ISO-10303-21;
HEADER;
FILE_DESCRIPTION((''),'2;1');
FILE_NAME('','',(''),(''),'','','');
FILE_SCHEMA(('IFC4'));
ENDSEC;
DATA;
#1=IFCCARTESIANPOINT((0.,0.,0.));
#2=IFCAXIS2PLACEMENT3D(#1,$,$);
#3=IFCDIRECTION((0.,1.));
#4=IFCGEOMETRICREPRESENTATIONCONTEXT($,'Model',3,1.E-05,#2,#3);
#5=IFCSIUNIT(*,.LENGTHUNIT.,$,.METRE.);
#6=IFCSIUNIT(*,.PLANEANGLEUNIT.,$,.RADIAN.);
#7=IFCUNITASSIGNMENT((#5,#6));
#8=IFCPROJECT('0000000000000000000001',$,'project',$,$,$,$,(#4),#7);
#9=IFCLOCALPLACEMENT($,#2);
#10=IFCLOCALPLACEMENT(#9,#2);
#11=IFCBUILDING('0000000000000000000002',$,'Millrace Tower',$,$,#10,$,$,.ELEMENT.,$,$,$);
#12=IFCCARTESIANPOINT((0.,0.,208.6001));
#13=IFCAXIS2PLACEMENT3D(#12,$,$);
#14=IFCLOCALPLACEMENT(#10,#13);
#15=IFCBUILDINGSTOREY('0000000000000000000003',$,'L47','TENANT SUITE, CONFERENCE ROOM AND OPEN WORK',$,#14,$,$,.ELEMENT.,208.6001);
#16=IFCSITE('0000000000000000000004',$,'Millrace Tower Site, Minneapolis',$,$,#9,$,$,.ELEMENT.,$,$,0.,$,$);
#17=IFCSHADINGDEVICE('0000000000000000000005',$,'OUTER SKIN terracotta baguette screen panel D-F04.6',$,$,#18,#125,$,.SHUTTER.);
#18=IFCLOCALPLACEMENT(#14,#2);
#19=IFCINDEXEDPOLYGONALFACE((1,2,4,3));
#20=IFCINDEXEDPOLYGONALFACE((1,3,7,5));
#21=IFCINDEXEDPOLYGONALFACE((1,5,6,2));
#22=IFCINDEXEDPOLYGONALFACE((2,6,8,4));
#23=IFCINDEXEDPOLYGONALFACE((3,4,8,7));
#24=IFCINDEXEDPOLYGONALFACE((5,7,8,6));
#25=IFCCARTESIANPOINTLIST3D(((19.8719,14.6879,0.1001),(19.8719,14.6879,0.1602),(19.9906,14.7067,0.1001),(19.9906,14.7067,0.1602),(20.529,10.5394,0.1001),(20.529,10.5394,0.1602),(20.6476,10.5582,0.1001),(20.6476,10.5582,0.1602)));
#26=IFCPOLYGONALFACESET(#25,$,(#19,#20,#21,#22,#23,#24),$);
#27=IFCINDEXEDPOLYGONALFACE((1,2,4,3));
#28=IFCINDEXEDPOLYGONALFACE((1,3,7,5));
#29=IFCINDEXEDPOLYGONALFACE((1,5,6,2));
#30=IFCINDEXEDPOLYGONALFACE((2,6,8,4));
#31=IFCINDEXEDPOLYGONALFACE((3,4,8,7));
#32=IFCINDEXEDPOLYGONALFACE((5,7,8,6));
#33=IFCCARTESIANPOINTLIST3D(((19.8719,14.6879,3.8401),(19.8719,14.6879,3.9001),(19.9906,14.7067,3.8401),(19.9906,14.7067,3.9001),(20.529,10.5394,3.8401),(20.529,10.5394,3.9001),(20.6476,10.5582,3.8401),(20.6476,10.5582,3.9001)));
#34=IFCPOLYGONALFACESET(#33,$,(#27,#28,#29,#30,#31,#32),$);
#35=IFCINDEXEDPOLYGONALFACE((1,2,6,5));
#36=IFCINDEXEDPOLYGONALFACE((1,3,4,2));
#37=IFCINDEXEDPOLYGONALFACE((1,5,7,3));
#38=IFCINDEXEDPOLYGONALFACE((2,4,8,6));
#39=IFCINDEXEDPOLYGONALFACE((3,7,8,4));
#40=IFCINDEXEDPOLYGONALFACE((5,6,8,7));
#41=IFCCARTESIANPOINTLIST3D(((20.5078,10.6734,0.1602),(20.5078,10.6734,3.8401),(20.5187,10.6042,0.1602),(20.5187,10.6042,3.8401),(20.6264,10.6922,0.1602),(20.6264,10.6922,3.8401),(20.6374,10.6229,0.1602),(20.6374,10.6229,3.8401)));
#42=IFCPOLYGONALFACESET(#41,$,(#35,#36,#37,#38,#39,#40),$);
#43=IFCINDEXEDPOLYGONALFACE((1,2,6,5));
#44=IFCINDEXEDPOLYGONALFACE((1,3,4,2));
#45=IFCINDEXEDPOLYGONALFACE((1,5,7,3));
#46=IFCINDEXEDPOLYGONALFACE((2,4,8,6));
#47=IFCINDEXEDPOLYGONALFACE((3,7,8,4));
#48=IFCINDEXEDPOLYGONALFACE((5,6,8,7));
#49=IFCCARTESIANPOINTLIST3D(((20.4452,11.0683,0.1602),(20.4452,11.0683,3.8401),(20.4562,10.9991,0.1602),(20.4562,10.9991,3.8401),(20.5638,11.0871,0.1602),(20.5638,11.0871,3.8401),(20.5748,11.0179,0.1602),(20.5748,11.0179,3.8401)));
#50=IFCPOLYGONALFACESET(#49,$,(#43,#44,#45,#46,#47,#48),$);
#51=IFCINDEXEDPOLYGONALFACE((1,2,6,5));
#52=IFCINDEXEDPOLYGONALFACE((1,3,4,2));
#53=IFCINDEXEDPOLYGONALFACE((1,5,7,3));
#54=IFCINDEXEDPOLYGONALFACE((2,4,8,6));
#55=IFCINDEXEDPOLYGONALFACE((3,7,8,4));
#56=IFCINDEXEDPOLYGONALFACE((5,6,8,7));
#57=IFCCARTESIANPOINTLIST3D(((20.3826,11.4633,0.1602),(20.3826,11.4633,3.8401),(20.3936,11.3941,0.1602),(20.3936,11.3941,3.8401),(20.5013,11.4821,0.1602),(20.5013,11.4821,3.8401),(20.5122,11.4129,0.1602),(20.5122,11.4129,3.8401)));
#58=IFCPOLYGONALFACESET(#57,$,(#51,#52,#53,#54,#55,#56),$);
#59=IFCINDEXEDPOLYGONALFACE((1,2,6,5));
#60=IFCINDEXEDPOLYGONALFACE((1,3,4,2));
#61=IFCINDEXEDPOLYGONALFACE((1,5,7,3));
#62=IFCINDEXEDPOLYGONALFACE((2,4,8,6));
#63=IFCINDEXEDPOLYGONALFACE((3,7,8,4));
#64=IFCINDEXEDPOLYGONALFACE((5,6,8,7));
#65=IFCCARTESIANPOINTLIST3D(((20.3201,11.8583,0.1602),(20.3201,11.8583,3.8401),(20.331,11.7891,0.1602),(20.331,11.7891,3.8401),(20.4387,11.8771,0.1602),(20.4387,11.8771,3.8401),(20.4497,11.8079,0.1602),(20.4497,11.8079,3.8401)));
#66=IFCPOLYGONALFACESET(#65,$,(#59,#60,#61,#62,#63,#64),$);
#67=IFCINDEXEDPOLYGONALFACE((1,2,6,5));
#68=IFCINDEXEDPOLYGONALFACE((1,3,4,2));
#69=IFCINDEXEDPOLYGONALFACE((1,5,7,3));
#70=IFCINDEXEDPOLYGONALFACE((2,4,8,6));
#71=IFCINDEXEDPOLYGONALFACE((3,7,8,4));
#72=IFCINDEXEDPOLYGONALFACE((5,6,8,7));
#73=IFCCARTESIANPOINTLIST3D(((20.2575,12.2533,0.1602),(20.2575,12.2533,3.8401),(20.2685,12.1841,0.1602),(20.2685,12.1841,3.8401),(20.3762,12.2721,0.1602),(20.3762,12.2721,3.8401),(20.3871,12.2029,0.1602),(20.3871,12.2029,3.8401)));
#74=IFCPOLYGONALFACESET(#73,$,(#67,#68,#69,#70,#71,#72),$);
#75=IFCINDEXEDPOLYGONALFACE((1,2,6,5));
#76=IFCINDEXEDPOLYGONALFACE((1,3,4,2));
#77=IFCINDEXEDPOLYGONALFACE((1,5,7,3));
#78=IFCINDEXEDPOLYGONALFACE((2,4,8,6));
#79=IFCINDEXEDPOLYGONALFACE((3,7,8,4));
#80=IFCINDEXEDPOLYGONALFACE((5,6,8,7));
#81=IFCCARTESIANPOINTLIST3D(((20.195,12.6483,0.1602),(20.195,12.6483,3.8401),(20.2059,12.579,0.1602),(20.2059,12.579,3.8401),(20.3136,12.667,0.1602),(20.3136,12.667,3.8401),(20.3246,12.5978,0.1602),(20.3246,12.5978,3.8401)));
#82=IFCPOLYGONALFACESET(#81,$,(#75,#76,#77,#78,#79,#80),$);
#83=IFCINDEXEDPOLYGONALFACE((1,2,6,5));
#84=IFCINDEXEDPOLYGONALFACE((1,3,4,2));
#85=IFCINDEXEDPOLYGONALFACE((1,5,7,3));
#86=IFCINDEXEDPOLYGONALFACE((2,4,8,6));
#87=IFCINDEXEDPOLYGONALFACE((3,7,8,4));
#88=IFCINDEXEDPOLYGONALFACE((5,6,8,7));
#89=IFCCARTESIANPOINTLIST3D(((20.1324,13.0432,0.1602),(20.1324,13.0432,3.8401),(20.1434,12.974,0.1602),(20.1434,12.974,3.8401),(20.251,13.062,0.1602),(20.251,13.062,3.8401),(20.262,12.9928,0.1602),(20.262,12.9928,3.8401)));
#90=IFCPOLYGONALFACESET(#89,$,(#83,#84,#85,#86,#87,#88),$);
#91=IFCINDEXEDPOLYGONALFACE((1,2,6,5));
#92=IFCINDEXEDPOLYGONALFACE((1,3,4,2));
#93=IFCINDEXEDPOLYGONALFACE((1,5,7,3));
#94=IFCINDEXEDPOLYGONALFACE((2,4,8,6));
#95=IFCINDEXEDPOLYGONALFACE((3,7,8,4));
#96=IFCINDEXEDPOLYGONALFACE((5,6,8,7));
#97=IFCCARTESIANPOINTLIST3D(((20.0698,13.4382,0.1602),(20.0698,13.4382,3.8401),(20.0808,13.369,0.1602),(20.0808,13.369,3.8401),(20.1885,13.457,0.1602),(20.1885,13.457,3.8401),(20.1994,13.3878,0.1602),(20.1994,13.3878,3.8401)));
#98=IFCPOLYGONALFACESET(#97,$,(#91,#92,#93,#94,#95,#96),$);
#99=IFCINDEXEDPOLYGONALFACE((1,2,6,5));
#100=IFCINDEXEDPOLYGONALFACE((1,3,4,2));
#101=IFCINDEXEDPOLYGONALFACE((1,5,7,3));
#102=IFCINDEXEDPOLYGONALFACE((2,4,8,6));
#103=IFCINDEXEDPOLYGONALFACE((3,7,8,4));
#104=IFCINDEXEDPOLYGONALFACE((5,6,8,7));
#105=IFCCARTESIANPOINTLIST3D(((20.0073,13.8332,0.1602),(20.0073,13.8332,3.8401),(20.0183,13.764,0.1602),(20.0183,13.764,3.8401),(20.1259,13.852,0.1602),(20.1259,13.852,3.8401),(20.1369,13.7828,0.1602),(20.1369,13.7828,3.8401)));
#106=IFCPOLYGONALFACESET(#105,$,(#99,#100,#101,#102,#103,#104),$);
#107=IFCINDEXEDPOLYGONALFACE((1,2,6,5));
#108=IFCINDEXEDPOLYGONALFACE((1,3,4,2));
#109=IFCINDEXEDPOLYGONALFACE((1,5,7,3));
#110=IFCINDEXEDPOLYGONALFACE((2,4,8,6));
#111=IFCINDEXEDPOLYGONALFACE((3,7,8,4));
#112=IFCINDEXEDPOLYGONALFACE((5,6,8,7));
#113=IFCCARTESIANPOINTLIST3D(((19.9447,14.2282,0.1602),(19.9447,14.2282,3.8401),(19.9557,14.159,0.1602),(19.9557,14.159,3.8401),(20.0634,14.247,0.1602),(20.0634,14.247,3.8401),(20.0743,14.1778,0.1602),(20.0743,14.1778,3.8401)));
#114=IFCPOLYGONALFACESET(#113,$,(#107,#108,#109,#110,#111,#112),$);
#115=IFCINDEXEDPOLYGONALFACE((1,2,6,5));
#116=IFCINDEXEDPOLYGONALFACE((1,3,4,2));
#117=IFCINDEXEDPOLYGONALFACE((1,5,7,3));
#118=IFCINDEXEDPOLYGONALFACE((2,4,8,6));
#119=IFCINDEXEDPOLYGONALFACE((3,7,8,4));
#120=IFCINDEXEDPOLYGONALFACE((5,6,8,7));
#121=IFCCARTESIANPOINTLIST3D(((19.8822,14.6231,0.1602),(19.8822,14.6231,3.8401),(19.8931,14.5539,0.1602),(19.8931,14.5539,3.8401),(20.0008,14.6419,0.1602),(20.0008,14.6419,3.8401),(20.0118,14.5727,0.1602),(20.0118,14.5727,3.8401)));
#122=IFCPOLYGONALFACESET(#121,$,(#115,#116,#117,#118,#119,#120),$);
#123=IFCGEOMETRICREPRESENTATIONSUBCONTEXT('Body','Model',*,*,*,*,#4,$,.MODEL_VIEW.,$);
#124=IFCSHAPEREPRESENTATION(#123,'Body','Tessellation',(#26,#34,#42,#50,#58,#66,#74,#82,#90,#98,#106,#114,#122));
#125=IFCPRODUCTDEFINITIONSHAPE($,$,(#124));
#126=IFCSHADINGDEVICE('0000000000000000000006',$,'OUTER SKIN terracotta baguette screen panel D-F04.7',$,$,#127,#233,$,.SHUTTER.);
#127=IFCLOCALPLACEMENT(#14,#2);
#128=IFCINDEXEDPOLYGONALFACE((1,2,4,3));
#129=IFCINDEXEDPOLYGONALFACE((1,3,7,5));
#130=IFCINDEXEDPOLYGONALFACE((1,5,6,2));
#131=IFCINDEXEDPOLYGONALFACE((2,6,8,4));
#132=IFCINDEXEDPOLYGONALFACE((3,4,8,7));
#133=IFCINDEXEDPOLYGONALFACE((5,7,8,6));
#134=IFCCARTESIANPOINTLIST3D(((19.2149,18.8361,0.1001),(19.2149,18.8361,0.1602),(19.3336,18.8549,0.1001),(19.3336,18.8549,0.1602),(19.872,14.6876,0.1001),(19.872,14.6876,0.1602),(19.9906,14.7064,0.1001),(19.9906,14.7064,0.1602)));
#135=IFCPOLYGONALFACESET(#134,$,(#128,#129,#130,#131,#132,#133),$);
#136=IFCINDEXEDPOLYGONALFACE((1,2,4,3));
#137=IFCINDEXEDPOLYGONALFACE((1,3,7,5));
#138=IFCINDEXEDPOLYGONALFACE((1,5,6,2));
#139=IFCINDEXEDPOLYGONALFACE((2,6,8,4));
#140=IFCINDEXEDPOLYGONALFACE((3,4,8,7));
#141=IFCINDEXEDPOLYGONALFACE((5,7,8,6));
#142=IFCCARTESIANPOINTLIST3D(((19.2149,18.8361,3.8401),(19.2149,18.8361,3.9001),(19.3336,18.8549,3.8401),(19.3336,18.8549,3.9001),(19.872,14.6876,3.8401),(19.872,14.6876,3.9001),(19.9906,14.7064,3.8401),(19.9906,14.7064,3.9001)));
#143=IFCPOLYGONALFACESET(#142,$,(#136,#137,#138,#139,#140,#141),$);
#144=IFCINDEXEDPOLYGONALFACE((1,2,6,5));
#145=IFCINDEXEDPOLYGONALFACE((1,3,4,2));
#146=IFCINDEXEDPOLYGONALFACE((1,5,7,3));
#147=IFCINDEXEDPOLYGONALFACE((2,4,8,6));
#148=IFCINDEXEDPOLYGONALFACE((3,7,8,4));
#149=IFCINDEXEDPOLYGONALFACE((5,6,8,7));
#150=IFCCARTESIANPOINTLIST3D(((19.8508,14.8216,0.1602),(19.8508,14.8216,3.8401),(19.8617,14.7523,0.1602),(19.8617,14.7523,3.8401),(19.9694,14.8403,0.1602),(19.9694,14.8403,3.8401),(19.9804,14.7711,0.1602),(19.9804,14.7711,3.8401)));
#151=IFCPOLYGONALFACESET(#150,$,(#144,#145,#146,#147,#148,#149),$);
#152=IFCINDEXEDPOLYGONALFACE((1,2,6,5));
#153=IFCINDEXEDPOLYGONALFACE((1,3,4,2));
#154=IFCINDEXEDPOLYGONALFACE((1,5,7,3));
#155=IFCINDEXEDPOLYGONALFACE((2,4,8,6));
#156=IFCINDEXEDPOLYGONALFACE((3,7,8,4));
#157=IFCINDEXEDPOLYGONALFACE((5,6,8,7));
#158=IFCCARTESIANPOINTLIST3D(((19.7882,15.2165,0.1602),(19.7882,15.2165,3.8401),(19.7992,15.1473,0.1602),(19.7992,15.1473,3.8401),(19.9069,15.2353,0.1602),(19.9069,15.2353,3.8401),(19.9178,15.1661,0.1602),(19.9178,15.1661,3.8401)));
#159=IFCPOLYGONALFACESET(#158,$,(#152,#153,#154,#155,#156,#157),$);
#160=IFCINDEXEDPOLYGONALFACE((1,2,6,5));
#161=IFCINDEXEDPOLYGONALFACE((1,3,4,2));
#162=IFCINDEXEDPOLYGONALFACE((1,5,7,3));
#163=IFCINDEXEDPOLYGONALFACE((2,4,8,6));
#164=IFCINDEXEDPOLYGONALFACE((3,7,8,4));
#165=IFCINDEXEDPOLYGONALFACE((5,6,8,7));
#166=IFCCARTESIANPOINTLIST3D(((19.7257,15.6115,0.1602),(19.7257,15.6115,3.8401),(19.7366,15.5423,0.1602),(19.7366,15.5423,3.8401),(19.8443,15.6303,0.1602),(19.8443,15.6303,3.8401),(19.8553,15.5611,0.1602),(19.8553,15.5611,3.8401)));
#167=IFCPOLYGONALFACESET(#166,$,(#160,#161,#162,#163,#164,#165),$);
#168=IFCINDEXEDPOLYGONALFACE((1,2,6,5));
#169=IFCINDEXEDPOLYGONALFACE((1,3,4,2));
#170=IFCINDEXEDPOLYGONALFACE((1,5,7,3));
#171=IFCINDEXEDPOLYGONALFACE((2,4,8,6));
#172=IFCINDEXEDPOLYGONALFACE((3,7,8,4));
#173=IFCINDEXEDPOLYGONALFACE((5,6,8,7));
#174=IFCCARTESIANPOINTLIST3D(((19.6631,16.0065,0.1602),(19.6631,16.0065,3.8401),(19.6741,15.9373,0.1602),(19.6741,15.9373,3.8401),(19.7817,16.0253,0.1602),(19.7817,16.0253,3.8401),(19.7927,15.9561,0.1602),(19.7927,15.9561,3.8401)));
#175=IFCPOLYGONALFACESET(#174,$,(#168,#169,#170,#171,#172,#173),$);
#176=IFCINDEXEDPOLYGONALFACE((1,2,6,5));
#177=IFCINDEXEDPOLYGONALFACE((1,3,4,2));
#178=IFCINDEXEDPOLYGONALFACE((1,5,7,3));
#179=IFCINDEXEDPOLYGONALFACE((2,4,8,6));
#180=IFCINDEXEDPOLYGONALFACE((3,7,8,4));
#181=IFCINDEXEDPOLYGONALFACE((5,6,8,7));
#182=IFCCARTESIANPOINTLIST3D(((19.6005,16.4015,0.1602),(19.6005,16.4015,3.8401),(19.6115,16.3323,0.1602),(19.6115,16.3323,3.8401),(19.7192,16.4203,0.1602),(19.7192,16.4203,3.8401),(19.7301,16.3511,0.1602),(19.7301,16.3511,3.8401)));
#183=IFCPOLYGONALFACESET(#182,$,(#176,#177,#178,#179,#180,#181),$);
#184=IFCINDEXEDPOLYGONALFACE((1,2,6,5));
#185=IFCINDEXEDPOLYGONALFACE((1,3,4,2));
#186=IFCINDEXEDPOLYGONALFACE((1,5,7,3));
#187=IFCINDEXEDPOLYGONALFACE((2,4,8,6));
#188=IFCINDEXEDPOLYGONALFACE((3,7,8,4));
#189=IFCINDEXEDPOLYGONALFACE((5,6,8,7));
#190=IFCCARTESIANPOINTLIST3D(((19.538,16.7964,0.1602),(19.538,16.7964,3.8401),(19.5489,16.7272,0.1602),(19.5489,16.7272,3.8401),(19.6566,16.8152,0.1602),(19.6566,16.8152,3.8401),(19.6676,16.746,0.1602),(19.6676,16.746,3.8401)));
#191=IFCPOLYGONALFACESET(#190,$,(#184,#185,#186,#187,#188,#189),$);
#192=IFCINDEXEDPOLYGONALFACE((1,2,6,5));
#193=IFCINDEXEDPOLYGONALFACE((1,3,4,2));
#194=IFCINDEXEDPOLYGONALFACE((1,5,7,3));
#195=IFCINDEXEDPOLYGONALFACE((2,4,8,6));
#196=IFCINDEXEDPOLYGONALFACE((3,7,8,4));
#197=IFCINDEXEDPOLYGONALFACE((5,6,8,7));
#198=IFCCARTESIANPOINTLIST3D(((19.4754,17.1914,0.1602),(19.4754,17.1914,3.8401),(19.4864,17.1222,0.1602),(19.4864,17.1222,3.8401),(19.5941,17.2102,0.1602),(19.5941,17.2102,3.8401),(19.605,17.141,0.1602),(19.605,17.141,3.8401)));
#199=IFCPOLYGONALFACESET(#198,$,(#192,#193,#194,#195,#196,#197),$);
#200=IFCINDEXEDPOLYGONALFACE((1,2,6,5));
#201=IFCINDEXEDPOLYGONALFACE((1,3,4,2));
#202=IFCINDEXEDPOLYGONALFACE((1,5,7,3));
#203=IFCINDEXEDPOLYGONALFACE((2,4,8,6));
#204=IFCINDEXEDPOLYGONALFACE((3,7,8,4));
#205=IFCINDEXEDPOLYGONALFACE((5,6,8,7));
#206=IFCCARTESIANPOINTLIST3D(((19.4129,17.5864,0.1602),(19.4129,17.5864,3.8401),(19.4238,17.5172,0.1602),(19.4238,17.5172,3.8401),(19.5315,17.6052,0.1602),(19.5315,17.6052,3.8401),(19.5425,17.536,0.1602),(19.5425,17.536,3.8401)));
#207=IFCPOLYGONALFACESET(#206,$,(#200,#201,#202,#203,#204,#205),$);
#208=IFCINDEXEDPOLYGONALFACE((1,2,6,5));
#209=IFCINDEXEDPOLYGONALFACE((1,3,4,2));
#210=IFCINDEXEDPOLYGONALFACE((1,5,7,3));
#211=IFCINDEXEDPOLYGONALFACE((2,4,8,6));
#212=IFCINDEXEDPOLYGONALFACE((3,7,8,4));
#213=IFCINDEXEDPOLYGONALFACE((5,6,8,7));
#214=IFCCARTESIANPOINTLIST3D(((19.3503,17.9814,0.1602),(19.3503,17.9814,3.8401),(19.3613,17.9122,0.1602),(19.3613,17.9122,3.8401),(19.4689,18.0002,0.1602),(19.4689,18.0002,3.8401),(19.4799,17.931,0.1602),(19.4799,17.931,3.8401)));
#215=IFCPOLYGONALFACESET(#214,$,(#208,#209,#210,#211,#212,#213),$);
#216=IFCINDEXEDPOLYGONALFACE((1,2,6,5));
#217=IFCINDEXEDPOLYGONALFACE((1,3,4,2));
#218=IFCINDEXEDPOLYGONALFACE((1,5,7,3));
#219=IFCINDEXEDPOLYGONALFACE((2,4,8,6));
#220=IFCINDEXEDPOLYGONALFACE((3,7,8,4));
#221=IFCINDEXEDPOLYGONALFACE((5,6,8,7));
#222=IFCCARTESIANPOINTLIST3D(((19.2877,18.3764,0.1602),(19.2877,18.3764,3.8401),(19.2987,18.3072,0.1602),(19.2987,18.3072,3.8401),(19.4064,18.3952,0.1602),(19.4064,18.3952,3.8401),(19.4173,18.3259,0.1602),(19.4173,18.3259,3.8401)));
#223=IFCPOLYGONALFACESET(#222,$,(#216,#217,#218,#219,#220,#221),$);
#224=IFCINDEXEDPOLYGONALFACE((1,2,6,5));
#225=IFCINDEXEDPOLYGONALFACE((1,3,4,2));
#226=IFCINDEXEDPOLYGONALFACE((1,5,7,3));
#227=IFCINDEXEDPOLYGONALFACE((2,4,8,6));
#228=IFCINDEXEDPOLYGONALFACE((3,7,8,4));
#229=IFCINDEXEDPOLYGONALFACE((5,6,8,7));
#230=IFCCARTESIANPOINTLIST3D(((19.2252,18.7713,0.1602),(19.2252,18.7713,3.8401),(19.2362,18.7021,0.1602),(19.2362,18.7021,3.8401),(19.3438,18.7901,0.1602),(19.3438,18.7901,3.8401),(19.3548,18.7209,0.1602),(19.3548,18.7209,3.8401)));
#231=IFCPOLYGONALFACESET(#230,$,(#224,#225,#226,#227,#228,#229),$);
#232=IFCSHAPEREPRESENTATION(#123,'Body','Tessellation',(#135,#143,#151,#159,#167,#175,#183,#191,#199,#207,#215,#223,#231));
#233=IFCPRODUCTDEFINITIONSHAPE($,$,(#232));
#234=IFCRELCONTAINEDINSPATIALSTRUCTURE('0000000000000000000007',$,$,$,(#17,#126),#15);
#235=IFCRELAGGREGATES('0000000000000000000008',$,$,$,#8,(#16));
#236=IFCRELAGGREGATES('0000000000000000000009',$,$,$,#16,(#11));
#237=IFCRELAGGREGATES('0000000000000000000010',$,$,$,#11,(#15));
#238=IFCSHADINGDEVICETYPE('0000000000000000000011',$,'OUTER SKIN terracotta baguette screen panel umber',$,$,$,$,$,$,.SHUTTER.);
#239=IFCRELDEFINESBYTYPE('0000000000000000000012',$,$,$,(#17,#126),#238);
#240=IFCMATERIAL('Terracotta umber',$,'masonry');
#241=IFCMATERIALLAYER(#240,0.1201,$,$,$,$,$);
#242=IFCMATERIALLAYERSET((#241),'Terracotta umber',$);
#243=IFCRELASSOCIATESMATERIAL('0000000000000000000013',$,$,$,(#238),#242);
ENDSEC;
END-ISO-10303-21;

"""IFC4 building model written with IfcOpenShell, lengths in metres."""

from ifc_helpers import new_model, entity, si_unit, direction, frame, frame_2d, origin, origin_2d, place, context, subcontext, project, spatial, rectangle, extrude, source, transform, mapped, material, layer, layer_set, type_object, element, save


model = new_model("IFC4")

# Units and contexts
model_context = context("Model", 3, precision=1e-05, world=origin(), true_north=direction((0.0, 1.0)))
body_context = subcontext(model_context, "Body", "Model", "MODEL_VIEW")
ifc_project = project(units=[si_unit("LENGTHUNIT", "METRE"), si_unit("PLANEANGLEUNIT", "RADIAN")], contexts=[model_context])

# Site, building, storey
site_placement = place(None, origin())
site = spatial("IfcSite", under=ifc_project, at=site_placement, Name="Millrace Tower Site, Minneapolis", CompositionType="ELEMENT", RefElevation=0.0)
building_placement = place(site_placement, origin())
building = spatial("IfcBuilding", under=site, at=building_placement, Name="Millrace Tower", CompositionType="ELEMENT")
storey_placement = place(building_placement, frame((0.0, 0.0, 208.6001)))
storey = spatial("IfcBuildingStorey", under=building, at=storey_placement, Name="L47", Description="TENANT SUITE, CONFERENCE ROOM AND OPEN WORK", CompositionType="ELEMENT", Elevation=208.6001)

# Shading devices
ifc_material_1 = material(Name="Terracotta umber", Category="masonry")
ifc_layer_1 = layer(ifc_material_1, 0.1201)
ifc_layer_set_1 = layer_set([ifc_layer_1], Name="Terracotta umber")
shading_device_type = type_object("IfcShadingDeviceType", Name="OUTER SKIN terracotta baguette screen panel umber", PredefinedType="SHUTTER", material=ifc_layer_set_1)
cartesian_point = entity("IfcCartesianPoint", [-2.1001, 0.0601])
shared_polyline = entity("IfcPolyline", [cartesian_point, entity("IfcCartesianPoint", [2.1001, 0.0601]), entity("IfcCartesianPoint", [2.1001, -0.0601]), entity("IfcCartesianPoint", [-2.1001, -0.0601]), cartesian_point])
shared_shape = source(origin(), body_context, "Body", "SweptSolid", [
    entity("IfcExtrudedAreaSolid", entity("IfcArbitraryClosedProfileDef", "AREA", None, shared_polyline), entity("IfcAxis2Placement3D", entity("IfcCartesianPoint", [0.0, 0.0, 0.0])), entity("IfcDirection", [0.0, 0.0, 1.0]), 0.0601),
    entity("IfcExtrudedAreaSolid", entity("IfcArbitraryClosedProfileDef", "AREA", None, shared_polyline), entity("IfcAxis2Placement3D", entity("IfcCartesianPoint", [0.0, 0.0, 3.74])), entity("IfcDirection", [0.0, 0.0, 1.0]), 0.0601),
    extrude(rectangle(XDim=0.0701, YDim=0.1201, at=frame_2d((-1.9995, 0.0))), frame((0.0, 0.0, 0.0601)), (0.0, 0.0, 1.0), 3.6799),
    extrude(rectangle(XDim=0.0701, YDim=0.1201, at=frame_2d((-1.5996, 0.0))), frame((0.0, 0.0, 0.0601)), (0.0, 0.0, 1.0), 3.6799),
    extrude(rectangle(XDim=0.0701, YDim=0.1201, at=frame_2d((-1.1997, 0.0))), frame((0.0, 0.0, 0.0601)), (0.0, 0.0, 1.0), 3.6799),
    extrude(rectangle(XDim=0.0701, YDim=0.1201, at=frame_2d((-0.7998, 0.0))), frame((0.0, 0.0, 0.0601)), (0.0, 0.0, 1.0), 3.6799),
    extrude(rectangle(XDim=0.0701, YDim=0.1201, at=frame_2d((-0.3999, 0.0))), frame((0.0, 0.0, 0.0601)), (0.0, 0.0, 1.0), 3.6799),
    extrude(rectangle(XDim=0.0701, YDim=0.1201, at=origin_2d()), frame((0.0, 0.0, 0.0601)), (0.0, 0.0, 1.0), 3.6799),
    extrude(rectangle(XDim=0.0701, YDim=0.1201, at=frame_2d((0.3999, 0.0))), frame((0.0, 0.0, 0.0601)), (0.0, 0.0, 1.0), 3.6799),
    extrude(rectangle(XDim=0.0701, YDim=0.1201, at=frame_2d((0.7998, 0.0))), frame((0.0, 0.0, 0.0601)), (0.0, 0.0, 1.0), 3.6799),
    extrude(rectangle(XDim=0.0701, YDim=0.1201, at=frame_2d((1.1997, 0.0))), frame((0.0, 0.0, 0.0601)), (0.0, 0.0, 1.0), 3.6799),
    extrude(rectangle(XDim=0.0701, YDim=0.1201, at=frame_2d((1.5996, 0.0))), frame((0.0, 0.0, 0.0601)), (0.0, 0.0, 1.0), 3.6799),
    extrude(rectangle(XDim=0.0701, YDim=0.1201, at=frame_2d((1.9995, 0.0))), frame((0.0, 0.0, 0.0601)), (0.0, 0.0, 1.0), 3.6799),
])
for number, where, z_axis, x_axis, name in (
    (1, (20.2598, 12.623, 0.1001), (0.0, 0.0, 1.0), (-0.156434, 0.987688, 0.0), "OUTER SKIN terracotta baguette screen panel D-F04.6"),
    (2, (19.6028, 16.7712, 0.1001), (0.0, 0.0, 1.0), (-0.156434, 0.987688, 0.0), "OUTER SKIN terracotta baguette screen panel D-F04.7"),
):
    element("IfcShadingDevice", number, at=place(storey_placement, frame(where, z_axis=z_axis, x_axis=x_axis)), inside=storey, type_object=shading_device_type, Name=name, PredefinedType="SHUTTER", context=body_context, shape_type="MappedRepresentation", body=[
        mapped(shared_shape, transform((0.0, 0.0, 0.0), scale=1.0)),
    ])

save(model, "model.ifc")
